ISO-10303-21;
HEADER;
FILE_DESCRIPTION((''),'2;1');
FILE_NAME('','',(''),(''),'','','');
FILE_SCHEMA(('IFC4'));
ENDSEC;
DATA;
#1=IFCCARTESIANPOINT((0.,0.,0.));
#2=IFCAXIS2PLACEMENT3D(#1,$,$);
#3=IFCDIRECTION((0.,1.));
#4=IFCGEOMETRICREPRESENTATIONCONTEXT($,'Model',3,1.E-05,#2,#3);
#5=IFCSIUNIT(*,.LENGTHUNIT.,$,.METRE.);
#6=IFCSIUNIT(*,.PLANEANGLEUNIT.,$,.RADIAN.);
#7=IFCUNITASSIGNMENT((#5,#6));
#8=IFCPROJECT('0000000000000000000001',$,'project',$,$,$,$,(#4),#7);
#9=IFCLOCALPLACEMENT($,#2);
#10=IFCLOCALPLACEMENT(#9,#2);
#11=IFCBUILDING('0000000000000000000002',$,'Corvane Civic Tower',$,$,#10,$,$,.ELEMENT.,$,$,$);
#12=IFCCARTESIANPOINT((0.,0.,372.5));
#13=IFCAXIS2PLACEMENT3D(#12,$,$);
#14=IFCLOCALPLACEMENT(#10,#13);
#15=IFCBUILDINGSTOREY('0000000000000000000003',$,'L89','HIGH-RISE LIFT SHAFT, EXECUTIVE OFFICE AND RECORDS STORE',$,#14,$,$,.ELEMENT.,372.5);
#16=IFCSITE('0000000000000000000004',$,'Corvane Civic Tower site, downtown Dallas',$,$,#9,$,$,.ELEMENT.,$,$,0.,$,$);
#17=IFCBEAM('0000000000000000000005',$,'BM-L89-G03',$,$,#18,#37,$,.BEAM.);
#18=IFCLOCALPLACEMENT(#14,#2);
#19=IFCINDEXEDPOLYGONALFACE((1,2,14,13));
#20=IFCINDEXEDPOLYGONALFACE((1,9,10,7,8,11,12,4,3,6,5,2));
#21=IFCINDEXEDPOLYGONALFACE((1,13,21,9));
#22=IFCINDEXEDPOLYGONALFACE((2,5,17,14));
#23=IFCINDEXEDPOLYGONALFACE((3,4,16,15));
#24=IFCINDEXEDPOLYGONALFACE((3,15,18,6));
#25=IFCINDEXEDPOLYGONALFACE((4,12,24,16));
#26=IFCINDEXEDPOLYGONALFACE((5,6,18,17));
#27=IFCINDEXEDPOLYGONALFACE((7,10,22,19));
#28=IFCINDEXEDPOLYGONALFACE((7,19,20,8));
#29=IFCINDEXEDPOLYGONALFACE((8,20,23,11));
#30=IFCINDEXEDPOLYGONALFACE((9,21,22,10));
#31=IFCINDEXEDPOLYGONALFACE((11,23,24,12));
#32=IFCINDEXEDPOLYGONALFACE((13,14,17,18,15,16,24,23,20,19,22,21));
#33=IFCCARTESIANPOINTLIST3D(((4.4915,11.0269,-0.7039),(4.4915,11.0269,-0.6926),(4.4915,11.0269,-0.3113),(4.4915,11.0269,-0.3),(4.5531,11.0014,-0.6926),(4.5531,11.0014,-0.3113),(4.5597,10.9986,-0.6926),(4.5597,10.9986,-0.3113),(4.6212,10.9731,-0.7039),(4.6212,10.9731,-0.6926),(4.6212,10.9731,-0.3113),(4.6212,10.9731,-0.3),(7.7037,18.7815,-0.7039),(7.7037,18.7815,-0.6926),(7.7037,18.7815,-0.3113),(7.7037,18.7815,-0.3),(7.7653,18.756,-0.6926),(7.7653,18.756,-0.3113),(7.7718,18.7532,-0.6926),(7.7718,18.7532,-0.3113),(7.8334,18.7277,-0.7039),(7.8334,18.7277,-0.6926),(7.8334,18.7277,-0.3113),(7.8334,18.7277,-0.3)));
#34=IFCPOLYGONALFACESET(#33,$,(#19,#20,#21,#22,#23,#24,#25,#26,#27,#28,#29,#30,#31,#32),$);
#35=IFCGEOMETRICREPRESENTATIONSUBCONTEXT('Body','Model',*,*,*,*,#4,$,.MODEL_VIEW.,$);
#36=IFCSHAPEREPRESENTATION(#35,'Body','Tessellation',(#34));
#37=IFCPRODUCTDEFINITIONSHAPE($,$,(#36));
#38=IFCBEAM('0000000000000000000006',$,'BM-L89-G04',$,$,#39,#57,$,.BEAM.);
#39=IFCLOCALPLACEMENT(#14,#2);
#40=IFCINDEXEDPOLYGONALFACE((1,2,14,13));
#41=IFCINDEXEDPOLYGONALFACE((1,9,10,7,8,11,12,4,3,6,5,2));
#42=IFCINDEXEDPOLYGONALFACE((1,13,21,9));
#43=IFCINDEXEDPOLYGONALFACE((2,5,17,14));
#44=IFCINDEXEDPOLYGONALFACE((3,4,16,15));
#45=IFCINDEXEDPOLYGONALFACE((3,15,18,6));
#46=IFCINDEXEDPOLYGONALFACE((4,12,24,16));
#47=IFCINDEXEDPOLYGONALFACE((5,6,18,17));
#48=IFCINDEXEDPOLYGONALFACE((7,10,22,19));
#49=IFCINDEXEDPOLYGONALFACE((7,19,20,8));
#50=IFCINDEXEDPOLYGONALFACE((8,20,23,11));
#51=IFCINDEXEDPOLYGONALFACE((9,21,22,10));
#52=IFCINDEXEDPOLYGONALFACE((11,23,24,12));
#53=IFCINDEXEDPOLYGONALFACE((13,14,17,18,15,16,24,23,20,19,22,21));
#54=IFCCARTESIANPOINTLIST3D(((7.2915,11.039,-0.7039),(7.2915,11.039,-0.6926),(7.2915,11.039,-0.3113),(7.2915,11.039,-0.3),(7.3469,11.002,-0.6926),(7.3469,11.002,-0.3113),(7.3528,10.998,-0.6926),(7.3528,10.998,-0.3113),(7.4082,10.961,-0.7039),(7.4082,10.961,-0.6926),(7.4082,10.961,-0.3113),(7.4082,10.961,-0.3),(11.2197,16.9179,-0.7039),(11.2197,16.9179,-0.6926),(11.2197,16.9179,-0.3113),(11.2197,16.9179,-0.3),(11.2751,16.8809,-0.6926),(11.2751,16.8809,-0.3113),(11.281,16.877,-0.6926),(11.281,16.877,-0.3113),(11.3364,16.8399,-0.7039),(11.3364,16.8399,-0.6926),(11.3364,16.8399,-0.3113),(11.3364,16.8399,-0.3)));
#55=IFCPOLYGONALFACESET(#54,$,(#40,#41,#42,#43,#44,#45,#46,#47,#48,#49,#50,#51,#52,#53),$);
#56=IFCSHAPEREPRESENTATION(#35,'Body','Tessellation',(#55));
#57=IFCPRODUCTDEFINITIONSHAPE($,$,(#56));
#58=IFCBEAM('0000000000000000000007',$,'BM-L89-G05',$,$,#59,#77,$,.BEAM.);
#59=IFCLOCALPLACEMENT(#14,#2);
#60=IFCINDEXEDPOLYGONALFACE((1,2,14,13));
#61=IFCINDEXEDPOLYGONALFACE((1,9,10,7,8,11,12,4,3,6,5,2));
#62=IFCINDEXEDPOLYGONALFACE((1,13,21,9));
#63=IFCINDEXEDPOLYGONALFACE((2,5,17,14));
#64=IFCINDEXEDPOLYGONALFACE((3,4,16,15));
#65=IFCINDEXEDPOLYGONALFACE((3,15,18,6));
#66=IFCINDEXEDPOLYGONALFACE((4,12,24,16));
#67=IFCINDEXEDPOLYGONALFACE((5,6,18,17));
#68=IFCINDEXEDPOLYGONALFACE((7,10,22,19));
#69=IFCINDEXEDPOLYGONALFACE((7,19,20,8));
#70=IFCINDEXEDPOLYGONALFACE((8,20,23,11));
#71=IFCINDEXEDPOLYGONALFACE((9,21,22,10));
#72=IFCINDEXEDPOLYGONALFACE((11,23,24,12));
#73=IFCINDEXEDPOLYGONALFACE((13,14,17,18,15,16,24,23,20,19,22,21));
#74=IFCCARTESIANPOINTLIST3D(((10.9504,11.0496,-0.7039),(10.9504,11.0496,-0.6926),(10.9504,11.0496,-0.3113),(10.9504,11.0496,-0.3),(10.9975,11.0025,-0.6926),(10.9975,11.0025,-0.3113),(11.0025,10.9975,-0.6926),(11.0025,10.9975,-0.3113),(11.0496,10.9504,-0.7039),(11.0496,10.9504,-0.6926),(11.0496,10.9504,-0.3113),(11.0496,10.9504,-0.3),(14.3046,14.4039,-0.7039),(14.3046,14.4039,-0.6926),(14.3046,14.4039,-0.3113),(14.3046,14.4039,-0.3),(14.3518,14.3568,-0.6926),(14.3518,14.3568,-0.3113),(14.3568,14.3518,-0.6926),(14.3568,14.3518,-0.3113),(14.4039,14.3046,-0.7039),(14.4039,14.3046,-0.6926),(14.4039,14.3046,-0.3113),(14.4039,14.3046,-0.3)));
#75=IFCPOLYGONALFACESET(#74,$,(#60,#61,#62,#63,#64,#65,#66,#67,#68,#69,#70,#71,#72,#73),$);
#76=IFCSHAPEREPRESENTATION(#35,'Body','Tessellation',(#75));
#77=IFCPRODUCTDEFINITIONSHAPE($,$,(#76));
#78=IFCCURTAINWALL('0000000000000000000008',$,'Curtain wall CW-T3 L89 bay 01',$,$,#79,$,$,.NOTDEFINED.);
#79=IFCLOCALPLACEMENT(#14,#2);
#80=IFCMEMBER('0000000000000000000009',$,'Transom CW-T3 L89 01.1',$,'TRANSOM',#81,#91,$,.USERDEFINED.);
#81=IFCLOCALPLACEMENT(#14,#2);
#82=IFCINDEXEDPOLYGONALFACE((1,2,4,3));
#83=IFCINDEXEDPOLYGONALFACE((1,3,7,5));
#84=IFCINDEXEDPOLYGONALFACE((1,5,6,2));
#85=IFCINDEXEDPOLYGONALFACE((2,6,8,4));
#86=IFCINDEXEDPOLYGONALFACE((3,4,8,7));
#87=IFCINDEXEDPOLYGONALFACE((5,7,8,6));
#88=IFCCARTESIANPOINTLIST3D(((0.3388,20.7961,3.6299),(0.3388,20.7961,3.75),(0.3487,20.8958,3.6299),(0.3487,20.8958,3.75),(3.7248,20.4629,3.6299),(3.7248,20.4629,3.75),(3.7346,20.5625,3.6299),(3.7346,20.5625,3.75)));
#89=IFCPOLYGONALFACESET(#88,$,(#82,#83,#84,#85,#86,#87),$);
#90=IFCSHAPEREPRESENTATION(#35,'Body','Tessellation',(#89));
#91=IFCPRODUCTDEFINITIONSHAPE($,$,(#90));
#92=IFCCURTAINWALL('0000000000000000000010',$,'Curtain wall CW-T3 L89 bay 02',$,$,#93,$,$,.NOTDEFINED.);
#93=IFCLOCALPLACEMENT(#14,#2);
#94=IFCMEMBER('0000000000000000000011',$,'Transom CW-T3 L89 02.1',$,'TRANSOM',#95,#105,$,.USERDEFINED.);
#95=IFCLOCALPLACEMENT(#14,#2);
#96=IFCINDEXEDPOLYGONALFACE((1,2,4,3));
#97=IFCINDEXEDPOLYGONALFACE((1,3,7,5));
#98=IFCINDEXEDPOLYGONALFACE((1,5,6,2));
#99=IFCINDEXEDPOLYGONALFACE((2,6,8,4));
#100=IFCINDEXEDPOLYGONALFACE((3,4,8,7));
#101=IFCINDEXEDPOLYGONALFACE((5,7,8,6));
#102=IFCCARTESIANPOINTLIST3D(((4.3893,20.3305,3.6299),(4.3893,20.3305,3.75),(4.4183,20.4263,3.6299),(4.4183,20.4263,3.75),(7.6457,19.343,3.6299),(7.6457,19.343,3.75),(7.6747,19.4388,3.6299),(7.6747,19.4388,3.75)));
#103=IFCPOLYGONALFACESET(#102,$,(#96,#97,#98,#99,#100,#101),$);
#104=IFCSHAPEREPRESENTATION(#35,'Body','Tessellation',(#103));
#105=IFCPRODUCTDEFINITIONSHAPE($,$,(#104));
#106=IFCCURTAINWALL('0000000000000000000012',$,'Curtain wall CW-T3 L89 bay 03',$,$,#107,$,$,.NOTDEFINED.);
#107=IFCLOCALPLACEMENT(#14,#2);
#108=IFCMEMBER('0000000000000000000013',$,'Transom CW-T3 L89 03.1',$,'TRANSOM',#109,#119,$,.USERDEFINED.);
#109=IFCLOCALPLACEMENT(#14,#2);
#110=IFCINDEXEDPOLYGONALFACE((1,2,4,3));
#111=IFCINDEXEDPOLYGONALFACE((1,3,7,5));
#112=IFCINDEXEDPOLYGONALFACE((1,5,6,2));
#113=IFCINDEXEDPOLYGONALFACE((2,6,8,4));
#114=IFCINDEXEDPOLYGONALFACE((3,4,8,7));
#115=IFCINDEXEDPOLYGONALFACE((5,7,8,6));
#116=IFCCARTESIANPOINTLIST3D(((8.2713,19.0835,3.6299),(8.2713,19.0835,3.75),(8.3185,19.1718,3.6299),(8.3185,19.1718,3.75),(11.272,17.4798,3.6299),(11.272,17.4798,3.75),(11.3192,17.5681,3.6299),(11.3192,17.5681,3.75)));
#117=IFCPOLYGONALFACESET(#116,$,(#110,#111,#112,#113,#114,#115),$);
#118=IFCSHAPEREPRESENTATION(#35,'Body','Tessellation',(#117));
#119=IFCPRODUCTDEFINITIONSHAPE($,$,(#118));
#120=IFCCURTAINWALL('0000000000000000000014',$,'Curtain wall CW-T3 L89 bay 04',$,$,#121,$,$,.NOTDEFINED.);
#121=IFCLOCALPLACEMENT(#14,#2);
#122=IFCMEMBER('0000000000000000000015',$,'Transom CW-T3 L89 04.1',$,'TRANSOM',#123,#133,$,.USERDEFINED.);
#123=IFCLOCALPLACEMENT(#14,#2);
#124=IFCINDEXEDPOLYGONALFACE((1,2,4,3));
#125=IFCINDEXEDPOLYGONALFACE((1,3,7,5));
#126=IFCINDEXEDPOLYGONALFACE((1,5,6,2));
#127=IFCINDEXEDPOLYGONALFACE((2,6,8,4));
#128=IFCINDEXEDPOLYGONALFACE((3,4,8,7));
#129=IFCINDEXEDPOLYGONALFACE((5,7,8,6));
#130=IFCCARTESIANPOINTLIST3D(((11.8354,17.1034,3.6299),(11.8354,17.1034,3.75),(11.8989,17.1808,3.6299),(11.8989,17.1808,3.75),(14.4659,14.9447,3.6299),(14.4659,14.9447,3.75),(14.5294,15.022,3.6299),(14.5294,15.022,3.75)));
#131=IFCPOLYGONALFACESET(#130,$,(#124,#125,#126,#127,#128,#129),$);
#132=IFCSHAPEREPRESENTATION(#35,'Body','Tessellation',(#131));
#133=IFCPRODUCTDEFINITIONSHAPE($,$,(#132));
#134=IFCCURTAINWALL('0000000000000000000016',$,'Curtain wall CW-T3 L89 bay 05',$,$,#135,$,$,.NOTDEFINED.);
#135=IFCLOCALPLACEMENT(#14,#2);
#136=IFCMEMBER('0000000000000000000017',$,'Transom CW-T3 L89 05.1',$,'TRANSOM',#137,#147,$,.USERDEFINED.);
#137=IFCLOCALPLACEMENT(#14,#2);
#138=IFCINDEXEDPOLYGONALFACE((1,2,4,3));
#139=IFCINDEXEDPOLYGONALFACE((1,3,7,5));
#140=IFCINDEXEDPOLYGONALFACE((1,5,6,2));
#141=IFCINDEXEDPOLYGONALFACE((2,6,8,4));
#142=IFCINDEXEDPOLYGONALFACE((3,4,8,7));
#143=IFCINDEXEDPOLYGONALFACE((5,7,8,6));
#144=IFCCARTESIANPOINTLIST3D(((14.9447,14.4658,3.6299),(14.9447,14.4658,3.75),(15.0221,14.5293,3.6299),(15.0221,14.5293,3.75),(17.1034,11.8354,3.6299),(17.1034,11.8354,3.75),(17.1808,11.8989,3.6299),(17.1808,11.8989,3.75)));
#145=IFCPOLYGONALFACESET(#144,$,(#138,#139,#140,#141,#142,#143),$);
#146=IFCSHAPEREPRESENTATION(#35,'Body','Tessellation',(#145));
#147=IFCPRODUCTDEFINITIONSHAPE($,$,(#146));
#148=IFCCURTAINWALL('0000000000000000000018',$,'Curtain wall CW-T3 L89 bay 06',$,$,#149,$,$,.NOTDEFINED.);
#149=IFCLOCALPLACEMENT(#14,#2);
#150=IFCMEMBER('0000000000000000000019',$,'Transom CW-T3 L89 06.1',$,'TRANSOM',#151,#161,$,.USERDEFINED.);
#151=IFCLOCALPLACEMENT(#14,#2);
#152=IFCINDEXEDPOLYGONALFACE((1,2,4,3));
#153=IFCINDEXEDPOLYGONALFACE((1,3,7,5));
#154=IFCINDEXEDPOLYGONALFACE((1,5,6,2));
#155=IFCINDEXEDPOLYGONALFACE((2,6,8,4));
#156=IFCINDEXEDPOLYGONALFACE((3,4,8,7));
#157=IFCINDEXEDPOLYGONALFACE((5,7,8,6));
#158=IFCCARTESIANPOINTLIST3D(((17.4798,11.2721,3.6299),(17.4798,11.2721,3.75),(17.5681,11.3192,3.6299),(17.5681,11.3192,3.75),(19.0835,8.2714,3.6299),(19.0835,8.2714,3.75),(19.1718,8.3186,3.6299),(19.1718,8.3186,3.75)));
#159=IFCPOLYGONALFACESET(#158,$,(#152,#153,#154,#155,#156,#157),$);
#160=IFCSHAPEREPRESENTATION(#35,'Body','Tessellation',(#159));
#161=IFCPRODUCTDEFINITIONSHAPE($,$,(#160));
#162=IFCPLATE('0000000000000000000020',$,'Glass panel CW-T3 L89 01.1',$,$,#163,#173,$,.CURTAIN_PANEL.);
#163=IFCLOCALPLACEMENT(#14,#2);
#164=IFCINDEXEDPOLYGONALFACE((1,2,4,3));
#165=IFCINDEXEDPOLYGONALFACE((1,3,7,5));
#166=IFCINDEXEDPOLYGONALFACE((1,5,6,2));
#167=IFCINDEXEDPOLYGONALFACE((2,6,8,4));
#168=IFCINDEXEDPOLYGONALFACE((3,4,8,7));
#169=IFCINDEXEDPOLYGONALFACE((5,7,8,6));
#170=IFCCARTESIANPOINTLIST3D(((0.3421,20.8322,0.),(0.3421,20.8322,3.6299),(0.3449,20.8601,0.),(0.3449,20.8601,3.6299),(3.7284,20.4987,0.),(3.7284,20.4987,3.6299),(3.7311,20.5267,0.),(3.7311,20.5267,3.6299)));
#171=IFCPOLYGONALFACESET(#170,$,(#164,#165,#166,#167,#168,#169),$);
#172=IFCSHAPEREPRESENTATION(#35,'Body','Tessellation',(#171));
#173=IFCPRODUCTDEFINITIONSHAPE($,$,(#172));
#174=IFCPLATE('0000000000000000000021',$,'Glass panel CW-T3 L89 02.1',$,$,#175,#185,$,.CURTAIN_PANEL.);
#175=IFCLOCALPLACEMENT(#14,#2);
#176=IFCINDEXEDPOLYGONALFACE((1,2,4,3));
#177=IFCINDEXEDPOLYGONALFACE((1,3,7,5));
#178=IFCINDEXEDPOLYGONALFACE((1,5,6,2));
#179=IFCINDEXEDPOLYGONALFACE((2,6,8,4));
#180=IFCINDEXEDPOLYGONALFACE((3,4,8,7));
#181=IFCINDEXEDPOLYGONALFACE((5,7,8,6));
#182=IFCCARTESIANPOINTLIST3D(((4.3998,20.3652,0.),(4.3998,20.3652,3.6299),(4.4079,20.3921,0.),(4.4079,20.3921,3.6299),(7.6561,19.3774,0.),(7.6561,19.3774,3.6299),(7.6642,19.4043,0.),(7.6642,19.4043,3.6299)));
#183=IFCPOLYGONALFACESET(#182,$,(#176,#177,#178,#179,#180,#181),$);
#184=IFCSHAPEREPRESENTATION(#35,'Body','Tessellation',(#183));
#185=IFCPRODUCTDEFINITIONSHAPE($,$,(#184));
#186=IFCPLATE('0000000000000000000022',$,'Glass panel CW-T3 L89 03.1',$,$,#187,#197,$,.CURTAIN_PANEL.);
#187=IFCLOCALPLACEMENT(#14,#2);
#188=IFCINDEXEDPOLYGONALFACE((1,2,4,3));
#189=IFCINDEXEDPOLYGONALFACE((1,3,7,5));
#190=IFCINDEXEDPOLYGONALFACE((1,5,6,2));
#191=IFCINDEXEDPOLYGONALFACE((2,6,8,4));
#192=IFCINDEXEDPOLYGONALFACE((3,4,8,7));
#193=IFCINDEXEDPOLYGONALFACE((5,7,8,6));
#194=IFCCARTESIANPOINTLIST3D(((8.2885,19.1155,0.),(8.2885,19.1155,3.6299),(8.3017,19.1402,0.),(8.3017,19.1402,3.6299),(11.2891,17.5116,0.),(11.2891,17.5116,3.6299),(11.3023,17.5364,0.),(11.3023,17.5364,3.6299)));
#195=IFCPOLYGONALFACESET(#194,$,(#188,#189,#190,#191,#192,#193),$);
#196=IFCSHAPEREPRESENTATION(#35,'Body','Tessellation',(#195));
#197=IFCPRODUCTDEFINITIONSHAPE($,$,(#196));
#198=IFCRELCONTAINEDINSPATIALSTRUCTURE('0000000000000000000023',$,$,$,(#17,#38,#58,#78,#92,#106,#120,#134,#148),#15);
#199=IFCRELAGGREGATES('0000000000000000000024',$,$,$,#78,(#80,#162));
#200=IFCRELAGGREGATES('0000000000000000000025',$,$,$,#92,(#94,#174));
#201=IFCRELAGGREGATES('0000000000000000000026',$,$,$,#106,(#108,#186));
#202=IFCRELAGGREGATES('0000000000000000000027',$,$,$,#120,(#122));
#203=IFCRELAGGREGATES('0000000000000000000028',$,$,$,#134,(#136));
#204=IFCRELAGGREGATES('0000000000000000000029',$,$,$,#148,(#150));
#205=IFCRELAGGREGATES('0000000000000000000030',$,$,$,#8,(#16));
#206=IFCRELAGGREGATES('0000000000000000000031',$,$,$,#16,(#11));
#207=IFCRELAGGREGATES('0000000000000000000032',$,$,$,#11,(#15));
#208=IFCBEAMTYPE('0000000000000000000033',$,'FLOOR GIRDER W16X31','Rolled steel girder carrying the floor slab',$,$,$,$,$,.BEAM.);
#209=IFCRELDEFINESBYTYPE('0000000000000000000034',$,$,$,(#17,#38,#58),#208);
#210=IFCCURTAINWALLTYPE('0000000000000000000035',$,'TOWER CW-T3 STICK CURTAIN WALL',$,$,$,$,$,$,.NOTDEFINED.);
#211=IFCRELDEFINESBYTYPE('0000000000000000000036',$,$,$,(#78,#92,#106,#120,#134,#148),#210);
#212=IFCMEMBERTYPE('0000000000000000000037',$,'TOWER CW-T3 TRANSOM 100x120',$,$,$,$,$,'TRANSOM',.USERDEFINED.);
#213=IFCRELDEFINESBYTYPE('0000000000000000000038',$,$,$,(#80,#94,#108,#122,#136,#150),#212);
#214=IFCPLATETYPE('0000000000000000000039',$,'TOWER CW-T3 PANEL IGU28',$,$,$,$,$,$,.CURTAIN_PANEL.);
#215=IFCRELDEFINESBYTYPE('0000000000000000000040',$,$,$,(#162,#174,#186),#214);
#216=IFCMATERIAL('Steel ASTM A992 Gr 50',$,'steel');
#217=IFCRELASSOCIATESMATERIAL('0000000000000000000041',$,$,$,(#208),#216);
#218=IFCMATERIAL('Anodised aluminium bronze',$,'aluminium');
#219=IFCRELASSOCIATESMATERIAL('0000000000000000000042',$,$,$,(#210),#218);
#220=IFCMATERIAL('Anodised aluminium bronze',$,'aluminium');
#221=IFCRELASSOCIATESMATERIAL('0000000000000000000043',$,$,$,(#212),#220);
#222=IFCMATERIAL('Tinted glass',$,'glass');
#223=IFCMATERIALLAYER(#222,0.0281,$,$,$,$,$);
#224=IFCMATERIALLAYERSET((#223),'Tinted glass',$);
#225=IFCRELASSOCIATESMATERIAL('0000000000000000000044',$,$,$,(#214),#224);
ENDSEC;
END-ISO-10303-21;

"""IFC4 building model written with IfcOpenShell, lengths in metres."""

from ifc_helpers import new_model, si_unit, direction, frame, origin, origin_2d, place, context, subcontext, project, spatial, rectangle, i_section, extrude, material, layer, layer_set, material_profile, profile_set, type_object, element, aggregate, save


model = new_model("IFC4")

# Units and contexts
model_context = context("Model", 3, precision=1e-05, world=origin(), true_north=direction((0.0, 1.0)))
body_context = subcontext(model_context, "Body", "Model", "MODEL_VIEW")
ifc_project = project(units=[si_unit("LENGTHUNIT", "METRE"), si_unit("PLANEANGLEUNIT", "RADIAN")], contexts=[model_context])

# Site, building, storey
site_placement = place(None, origin())
site = spatial("IfcSite", under=ifc_project, at=site_placement, Name="Corvane Civic Tower site, downtown Dallas", CompositionType="ELEMENT", RefElevation=0.0)
building_placement = place(site_placement, origin())
building = spatial("IfcBuilding", under=site, at=building_placement, Name="Corvane Civic Tower", CompositionType="ELEMENT")
storey_placement = place(building_placement, frame((0.0, 0.0, 372.5)))
storey = spatial("IfcBuildingStorey", under=building, at=storey_placement, Name="L89", Description="HIGH-RISE LIFT SHAFT, EXECUTIVE OFFICE AND RECORDS STORE", CompositionType="ELEMENT", Elevation=372.5)

# Beams
ifc_material_1 = material(Name="Steel ASTM A992 Gr 50", Category="steel")
ifc_material_profile_1 = material_profile(ifc_material_1, i_section(OverallWidth=0.1404, OverallDepth=0.4038, WebThickness=0.0071, FlangeThickness=0.0112, at=origin_2d()), Name="W16X31")
ifc_profile_set_1 = profile_set([ifc_material_profile_1], Name="Steel ASTM A992 Gr 50")
beam_type_1 = type_object("IfcBeamType", Name="FLOOR GIRDER W16X31", Description="Rolled steel girder carrying the floor slab", PredefinedType="BEAM", material=ifc_profile_set_1)
beam_1_placement = place(storey_placement, frame((4.5564, 11.0, -0.502), z_axis=(0.382692, 0.923876, 0.0), x_axis=(-0.923876, 0.382692, 0.0)))
element("IfcBeam", 1, at=beam_1_placement, inside=storey, type_object=beam_type_1, Name="BM-L89-G03", PredefinedType="BEAM", context=body_context, shape_type="SweptSolid", body=[
    extrude(i_section(OverallWidth=0.1404, OverallDepth=0.4038, WebThickness=0.0071, FlangeThickness=0.0112, at=origin_2d()), origin(), (0.0, 0.0, 1.0), 8.3936),
])
beam_2_placement = place(storey_placement, frame((7.3499, 11.0, -0.502), z_axis=(0.555576, 0.831465, 0.0), x_axis=(-0.831465, 0.555576, 0.0)))
element("IfcBeam", 2, at=beam_2_placement, inside=storey, type_object=beam_type_1, Name="BM-L89-G04", PredefinedType="BEAM", context=body_context, shape_type="SweptSolid", body=[
    extrude(i_section(OverallWidth=0.1404, OverallDepth=0.4038, WebThickness=0.0071, FlangeThickness=0.0112, at=origin_2d()), origin(), (0.0, 0.0, 1.0), 7.0706),
])
beam_3_placement = place(storey_placement, frame((11.0, 11.0, -0.502), z_axis=(0.707107, 0.707107, 0.0), x_axis=(-0.707107, 0.707107, 0.0)))
element("IfcBeam", 3, at=beam_3_placement, inside=storey, type_object=beam_type_1, Name="BM-L89-G05", PredefinedType="BEAM", context=body_context, shape_type="SweptSolid", body=[
    extrude(i_section(OverallWidth=0.1404, OverallDepth=0.4038, WebThickness=0.0071, FlangeThickness=0.0112, at=origin_2d()), origin(), (0.0, 0.0, 1.0), 4.7437),
])

# Curtain walls, members
ifc_material_2 = material(Name="Anodised aluminium bronze", Category="aluminium")
curtain_wall_type = type_object("IfcCurtainWallType", Name="TOWER CW-T3 STICK CURTAIN WALL", PredefinedType="NOTDEFINED", material=ifc_material_2)
curtain_wall_1_placement = place(storey_placement, origin())
curtain_wall_1 = element("IfcCurtainWall", 4, at=curtain_wall_1_placement, inside=storey, type_object=curtain_wall_type, Name="Curtain wall CW-T3 L89 bay 01", PredefinedType="NOTDEFINED")
ifc_material_3 = material(Name="Anodised aluminium bronze", Category="aluminium")
ifc_material_profile_2 = material_profile(ifc_material_3, rectangle(XDim=0.1001, YDim=0.1201, at=origin_2d()), Name="TOWER CW-T3 TRANSOM 100x120")
ifc_profile_set_2 = profile_set([ifc_material_profile_2], Name="Anodised aluminium bronze")
member_type = type_object("IfcMemberType", Name="TOWER CW-T3 TRANSOM 100x120", ElementType="TRANSOM", PredefinedType="USERDEFINED", material=ifc_profile_set_2)
member_1_placement = place(storey_placement, frame((0.3438, 20.8459, 3.6899), z_axis=(0.995192, -0.097948, 0.0), x_axis=(0.097948, 0.995192, 0.0)))
member_1 = element("IfcMember", 5, at=member_1_placement, type_object=member_type, Name="Transom CW-T3 L89 01.1", ObjectType="TRANSOM", PredefinedType="USERDEFINED", context=body_context, shape_type="SweptSolid", body=[
    extrude(rectangle(XDim=0.1001, YDim=0.1201, at=origin_2d()), origin(), (0.0, 0.0, 1.0), 3.4023),
])
curtain_wall_2_placement = place(storey_placement, origin())
curtain_wall_2 = element("IfcCurtainWall", 6, at=curtain_wall_2_placement, inside=storey, type_object=curtain_wall_type, Name="Curtain wall CW-T3 L89 bay 02", PredefinedType="NOTDEFINED")
member_2_placement = place(storey_placement, frame((4.4038, 20.3784, 3.6899), z_axis=(0.956961, -0.290216, 0.0), x_axis=(0.290216, 0.956961, 0.0)))
member_2 = element("IfcMember", 7, at=member_2_placement, type_object=member_type, Name="Transom CW-T3 L89 02.1", ObjectType="TRANSOM", PredefinedType="USERDEFINED", context=body_context, shape_type="SweptSolid", body=[
    extrude(rectangle(XDim=0.1001, YDim=0.1201, at=origin_2d()), origin(), (0.0, 0.0, 1.0), 3.4028),
])
curtain_wall_3_placement = place(storey_placement, origin())
curtain_wall_3 = element("IfcCurtainWall", 8, at=curtain_wall_3_placement, inside=storey, type_object=curtain_wall_type, Name="Curtain wall CW-T3 L89 bay 03", PredefinedType="NOTDEFINED")
member_3_placement = place(storey_placement, frame((8.2949, 19.1277, 3.6899), z_axis=(0.881941, -0.471359, 0.0), x_axis=(0.471359, 0.881941, 0.0)))
member_3 = element("IfcMember", 9, at=member_3_placement, type_object=member_type, Name="Transom CW-T3 L89 03.1", ObjectType="TRANSOM", PredefinedType="USERDEFINED", context=body_context, shape_type="SweptSolid", body=[
    extrude(rectangle(XDim=0.1001, YDim=0.1201, at=origin_2d()), origin(), (0.0, 0.0, 1.0), 3.4023),
])
curtain_wall_4_placement = place(storey_placement, origin())
curtain_wall_4 = element("IfcCurtainWall", 10, at=curtain_wall_4_placement, inside=storey, type_object=curtain_wall_type, Name="Curtain wall CW-T3 L89 bay 04", PredefinedType="NOTDEFINED")
member_4_placement = place(storey_placement, frame((11.8672, 17.1421, 3.6899), z_axis=(0.77301, -0.634394, 0.0), x_axis=(0.634394, 0.77301, 0.0)))
member_4 = element("IfcMember", 11, at=member_4_placement, type_object=member_type, Name="Transom CW-T3 L89 04.1", ObjectType="TRANSOM", PredefinedType="USERDEFINED", context=body_context, shape_type="SweptSolid", body=[
    extrude(rectangle(XDim=0.1001, YDim=0.1201, at=origin_2d()), origin(), (0.0, 0.0, 1.0), 3.4028),
])
curtain_wall_5_placement = place(storey_placement, origin())
curtain_wall_5 = element("IfcCurtainWall", 12, at=curtain_wall_5_placement, inside=storey, type_object=curtain_wall_type, Name="Curtain wall CW-T3 L89 bay 05", PredefinedType="NOTDEFINED")
member_5_placement = place(storey_placement, frame((14.9834, 14.4976, 3.6899), z_axis=(0.634394, -0.77301, 0.0), x_axis=(0.77301, 0.634394, 0.0)))
member_5 = element("IfcMember", 13, at=member_5_placement, type_object=member_type, Name="Transom CW-T3 L89 05.1", ObjectType="TRANSOM", PredefinedType="USERDEFINED", context=body_context, shape_type="SweptSolid", body=[
    extrude(rectangle(XDim=0.1001, YDim=0.1201, at=origin_2d()), origin(), (0.0, 0.0, 1.0), 3.4028),
])
curtain_wall_6_placement = place(storey_placement, origin())
curtain_wall_6 = element("IfcCurtainWall", 14, at=curtain_wall_6_placement, inside=storey, type_object=curtain_wall_type, Name="Curtain wall CW-T3 L89 bay 06", PredefinedType="NOTDEFINED")
member_6_placement = place(storey_placement, frame((17.5239, 11.2957, 3.6899), z_axis=(0.471359, -0.881941, 0.0), x_axis=(0.881941, 0.471359, 0.0)))
member_6 = element("IfcMember", 15, at=member_6_placement, type_object=member_type, Name="Transom CW-T3 L89 06.1", ObjectType="TRANSOM", PredefinedType="USERDEFINED", context=body_context, shape_type="SweptSolid", body=[
    extrude(rectangle(XDim=0.1001, YDim=0.1201, at=origin_2d()), origin(), (0.0, 0.0, 1.0), 3.4023),
])

# Plates
ifc_material_4 = material(Name="Tinted glass", Category="glass")
ifc_layer_1 = layer(ifc_material_4, 0.0281)
ifc_layer_set_1 = layer_set([ifc_layer_1], Name="Tinted glass")
plate_type = type_object("IfcPlateType", Name="TOWER CW-T3 PANEL IGU28", PredefinedType="CURTAIN_PANEL", material=ifc_layer_set_1)
plate_1_placement = place(storey_placement, frame((2.0366, 20.6794, 0.0), z_axis=(0.0, 0.0, 1.0), x_axis=(0.995187, -0.097998, 0.0)))
plate_1 = element("IfcPlate", 16, at=plate_1_placement, type_object=plate_type, Name="Glass panel CW-T3 L89 01.1", PredefinedType="CURTAIN_PANEL", context=body_context, shape_type="SweptSolid", body=[
    extrude(rectangle(XDim=3.4026, YDim=0.0281, at=origin_2d()), origin(), (0.0, 0.0, 1.0), 3.6299),
])
aggregate(curtain_wall_1, [member_1, plate_1])
plate_2_placement = place(storey_placement, frame((6.032, 19.8848, 0.0), z_axis=(0.0, 0.0, 1.0), x_axis=(0.956939, -0.29029, 0.0)))
plate_2 = element("IfcPlate", 17, at=plate_2_placement, type_object=plate_type, Name="Glass panel CW-T3 L89 02.1", PredefinedType="CURTAIN_PANEL", context=body_context, shape_type="SweptSolid", body=[
    extrude(rectangle(XDim=3.4028, YDim=0.0281, at=origin_2d()), origin(), (0.0, 0.0, 1.0), 3.6299),
])
aggregate(curtain_wall_2, [member_2, plate_2])
plate_3_placement = place(storey_placement, frame((9.7954, 18.3259, 0.0), z_axis=(0.0, 0.0, 1.0), x_axis=(0.881928, -0.471384, 0.0)))
plate_3 = element("IfcPlate", 18, at=plate_3_placement, type_object=plate_type, Name="Glass panel CW-T3 L89 03.1", PredefinedType="CURTAIN_PANEL", context=body_context, shape_type="SweptSolid", body=[
    extrude(rectangle(XDim=3.4023, YDim=0.0281, at=origin_2d()), origin(), (0.0, 0.0, 1.0), 3.6299),
])
aggregate(curtain_wall_3, [member_3, plate_3])
aggregate(curtain_wall_4, [member_4])
aggregate(curtain_wall_5, [member_5])
aggregate(curtain_wall_6, [member_6])

save(model, "model.ifc")
